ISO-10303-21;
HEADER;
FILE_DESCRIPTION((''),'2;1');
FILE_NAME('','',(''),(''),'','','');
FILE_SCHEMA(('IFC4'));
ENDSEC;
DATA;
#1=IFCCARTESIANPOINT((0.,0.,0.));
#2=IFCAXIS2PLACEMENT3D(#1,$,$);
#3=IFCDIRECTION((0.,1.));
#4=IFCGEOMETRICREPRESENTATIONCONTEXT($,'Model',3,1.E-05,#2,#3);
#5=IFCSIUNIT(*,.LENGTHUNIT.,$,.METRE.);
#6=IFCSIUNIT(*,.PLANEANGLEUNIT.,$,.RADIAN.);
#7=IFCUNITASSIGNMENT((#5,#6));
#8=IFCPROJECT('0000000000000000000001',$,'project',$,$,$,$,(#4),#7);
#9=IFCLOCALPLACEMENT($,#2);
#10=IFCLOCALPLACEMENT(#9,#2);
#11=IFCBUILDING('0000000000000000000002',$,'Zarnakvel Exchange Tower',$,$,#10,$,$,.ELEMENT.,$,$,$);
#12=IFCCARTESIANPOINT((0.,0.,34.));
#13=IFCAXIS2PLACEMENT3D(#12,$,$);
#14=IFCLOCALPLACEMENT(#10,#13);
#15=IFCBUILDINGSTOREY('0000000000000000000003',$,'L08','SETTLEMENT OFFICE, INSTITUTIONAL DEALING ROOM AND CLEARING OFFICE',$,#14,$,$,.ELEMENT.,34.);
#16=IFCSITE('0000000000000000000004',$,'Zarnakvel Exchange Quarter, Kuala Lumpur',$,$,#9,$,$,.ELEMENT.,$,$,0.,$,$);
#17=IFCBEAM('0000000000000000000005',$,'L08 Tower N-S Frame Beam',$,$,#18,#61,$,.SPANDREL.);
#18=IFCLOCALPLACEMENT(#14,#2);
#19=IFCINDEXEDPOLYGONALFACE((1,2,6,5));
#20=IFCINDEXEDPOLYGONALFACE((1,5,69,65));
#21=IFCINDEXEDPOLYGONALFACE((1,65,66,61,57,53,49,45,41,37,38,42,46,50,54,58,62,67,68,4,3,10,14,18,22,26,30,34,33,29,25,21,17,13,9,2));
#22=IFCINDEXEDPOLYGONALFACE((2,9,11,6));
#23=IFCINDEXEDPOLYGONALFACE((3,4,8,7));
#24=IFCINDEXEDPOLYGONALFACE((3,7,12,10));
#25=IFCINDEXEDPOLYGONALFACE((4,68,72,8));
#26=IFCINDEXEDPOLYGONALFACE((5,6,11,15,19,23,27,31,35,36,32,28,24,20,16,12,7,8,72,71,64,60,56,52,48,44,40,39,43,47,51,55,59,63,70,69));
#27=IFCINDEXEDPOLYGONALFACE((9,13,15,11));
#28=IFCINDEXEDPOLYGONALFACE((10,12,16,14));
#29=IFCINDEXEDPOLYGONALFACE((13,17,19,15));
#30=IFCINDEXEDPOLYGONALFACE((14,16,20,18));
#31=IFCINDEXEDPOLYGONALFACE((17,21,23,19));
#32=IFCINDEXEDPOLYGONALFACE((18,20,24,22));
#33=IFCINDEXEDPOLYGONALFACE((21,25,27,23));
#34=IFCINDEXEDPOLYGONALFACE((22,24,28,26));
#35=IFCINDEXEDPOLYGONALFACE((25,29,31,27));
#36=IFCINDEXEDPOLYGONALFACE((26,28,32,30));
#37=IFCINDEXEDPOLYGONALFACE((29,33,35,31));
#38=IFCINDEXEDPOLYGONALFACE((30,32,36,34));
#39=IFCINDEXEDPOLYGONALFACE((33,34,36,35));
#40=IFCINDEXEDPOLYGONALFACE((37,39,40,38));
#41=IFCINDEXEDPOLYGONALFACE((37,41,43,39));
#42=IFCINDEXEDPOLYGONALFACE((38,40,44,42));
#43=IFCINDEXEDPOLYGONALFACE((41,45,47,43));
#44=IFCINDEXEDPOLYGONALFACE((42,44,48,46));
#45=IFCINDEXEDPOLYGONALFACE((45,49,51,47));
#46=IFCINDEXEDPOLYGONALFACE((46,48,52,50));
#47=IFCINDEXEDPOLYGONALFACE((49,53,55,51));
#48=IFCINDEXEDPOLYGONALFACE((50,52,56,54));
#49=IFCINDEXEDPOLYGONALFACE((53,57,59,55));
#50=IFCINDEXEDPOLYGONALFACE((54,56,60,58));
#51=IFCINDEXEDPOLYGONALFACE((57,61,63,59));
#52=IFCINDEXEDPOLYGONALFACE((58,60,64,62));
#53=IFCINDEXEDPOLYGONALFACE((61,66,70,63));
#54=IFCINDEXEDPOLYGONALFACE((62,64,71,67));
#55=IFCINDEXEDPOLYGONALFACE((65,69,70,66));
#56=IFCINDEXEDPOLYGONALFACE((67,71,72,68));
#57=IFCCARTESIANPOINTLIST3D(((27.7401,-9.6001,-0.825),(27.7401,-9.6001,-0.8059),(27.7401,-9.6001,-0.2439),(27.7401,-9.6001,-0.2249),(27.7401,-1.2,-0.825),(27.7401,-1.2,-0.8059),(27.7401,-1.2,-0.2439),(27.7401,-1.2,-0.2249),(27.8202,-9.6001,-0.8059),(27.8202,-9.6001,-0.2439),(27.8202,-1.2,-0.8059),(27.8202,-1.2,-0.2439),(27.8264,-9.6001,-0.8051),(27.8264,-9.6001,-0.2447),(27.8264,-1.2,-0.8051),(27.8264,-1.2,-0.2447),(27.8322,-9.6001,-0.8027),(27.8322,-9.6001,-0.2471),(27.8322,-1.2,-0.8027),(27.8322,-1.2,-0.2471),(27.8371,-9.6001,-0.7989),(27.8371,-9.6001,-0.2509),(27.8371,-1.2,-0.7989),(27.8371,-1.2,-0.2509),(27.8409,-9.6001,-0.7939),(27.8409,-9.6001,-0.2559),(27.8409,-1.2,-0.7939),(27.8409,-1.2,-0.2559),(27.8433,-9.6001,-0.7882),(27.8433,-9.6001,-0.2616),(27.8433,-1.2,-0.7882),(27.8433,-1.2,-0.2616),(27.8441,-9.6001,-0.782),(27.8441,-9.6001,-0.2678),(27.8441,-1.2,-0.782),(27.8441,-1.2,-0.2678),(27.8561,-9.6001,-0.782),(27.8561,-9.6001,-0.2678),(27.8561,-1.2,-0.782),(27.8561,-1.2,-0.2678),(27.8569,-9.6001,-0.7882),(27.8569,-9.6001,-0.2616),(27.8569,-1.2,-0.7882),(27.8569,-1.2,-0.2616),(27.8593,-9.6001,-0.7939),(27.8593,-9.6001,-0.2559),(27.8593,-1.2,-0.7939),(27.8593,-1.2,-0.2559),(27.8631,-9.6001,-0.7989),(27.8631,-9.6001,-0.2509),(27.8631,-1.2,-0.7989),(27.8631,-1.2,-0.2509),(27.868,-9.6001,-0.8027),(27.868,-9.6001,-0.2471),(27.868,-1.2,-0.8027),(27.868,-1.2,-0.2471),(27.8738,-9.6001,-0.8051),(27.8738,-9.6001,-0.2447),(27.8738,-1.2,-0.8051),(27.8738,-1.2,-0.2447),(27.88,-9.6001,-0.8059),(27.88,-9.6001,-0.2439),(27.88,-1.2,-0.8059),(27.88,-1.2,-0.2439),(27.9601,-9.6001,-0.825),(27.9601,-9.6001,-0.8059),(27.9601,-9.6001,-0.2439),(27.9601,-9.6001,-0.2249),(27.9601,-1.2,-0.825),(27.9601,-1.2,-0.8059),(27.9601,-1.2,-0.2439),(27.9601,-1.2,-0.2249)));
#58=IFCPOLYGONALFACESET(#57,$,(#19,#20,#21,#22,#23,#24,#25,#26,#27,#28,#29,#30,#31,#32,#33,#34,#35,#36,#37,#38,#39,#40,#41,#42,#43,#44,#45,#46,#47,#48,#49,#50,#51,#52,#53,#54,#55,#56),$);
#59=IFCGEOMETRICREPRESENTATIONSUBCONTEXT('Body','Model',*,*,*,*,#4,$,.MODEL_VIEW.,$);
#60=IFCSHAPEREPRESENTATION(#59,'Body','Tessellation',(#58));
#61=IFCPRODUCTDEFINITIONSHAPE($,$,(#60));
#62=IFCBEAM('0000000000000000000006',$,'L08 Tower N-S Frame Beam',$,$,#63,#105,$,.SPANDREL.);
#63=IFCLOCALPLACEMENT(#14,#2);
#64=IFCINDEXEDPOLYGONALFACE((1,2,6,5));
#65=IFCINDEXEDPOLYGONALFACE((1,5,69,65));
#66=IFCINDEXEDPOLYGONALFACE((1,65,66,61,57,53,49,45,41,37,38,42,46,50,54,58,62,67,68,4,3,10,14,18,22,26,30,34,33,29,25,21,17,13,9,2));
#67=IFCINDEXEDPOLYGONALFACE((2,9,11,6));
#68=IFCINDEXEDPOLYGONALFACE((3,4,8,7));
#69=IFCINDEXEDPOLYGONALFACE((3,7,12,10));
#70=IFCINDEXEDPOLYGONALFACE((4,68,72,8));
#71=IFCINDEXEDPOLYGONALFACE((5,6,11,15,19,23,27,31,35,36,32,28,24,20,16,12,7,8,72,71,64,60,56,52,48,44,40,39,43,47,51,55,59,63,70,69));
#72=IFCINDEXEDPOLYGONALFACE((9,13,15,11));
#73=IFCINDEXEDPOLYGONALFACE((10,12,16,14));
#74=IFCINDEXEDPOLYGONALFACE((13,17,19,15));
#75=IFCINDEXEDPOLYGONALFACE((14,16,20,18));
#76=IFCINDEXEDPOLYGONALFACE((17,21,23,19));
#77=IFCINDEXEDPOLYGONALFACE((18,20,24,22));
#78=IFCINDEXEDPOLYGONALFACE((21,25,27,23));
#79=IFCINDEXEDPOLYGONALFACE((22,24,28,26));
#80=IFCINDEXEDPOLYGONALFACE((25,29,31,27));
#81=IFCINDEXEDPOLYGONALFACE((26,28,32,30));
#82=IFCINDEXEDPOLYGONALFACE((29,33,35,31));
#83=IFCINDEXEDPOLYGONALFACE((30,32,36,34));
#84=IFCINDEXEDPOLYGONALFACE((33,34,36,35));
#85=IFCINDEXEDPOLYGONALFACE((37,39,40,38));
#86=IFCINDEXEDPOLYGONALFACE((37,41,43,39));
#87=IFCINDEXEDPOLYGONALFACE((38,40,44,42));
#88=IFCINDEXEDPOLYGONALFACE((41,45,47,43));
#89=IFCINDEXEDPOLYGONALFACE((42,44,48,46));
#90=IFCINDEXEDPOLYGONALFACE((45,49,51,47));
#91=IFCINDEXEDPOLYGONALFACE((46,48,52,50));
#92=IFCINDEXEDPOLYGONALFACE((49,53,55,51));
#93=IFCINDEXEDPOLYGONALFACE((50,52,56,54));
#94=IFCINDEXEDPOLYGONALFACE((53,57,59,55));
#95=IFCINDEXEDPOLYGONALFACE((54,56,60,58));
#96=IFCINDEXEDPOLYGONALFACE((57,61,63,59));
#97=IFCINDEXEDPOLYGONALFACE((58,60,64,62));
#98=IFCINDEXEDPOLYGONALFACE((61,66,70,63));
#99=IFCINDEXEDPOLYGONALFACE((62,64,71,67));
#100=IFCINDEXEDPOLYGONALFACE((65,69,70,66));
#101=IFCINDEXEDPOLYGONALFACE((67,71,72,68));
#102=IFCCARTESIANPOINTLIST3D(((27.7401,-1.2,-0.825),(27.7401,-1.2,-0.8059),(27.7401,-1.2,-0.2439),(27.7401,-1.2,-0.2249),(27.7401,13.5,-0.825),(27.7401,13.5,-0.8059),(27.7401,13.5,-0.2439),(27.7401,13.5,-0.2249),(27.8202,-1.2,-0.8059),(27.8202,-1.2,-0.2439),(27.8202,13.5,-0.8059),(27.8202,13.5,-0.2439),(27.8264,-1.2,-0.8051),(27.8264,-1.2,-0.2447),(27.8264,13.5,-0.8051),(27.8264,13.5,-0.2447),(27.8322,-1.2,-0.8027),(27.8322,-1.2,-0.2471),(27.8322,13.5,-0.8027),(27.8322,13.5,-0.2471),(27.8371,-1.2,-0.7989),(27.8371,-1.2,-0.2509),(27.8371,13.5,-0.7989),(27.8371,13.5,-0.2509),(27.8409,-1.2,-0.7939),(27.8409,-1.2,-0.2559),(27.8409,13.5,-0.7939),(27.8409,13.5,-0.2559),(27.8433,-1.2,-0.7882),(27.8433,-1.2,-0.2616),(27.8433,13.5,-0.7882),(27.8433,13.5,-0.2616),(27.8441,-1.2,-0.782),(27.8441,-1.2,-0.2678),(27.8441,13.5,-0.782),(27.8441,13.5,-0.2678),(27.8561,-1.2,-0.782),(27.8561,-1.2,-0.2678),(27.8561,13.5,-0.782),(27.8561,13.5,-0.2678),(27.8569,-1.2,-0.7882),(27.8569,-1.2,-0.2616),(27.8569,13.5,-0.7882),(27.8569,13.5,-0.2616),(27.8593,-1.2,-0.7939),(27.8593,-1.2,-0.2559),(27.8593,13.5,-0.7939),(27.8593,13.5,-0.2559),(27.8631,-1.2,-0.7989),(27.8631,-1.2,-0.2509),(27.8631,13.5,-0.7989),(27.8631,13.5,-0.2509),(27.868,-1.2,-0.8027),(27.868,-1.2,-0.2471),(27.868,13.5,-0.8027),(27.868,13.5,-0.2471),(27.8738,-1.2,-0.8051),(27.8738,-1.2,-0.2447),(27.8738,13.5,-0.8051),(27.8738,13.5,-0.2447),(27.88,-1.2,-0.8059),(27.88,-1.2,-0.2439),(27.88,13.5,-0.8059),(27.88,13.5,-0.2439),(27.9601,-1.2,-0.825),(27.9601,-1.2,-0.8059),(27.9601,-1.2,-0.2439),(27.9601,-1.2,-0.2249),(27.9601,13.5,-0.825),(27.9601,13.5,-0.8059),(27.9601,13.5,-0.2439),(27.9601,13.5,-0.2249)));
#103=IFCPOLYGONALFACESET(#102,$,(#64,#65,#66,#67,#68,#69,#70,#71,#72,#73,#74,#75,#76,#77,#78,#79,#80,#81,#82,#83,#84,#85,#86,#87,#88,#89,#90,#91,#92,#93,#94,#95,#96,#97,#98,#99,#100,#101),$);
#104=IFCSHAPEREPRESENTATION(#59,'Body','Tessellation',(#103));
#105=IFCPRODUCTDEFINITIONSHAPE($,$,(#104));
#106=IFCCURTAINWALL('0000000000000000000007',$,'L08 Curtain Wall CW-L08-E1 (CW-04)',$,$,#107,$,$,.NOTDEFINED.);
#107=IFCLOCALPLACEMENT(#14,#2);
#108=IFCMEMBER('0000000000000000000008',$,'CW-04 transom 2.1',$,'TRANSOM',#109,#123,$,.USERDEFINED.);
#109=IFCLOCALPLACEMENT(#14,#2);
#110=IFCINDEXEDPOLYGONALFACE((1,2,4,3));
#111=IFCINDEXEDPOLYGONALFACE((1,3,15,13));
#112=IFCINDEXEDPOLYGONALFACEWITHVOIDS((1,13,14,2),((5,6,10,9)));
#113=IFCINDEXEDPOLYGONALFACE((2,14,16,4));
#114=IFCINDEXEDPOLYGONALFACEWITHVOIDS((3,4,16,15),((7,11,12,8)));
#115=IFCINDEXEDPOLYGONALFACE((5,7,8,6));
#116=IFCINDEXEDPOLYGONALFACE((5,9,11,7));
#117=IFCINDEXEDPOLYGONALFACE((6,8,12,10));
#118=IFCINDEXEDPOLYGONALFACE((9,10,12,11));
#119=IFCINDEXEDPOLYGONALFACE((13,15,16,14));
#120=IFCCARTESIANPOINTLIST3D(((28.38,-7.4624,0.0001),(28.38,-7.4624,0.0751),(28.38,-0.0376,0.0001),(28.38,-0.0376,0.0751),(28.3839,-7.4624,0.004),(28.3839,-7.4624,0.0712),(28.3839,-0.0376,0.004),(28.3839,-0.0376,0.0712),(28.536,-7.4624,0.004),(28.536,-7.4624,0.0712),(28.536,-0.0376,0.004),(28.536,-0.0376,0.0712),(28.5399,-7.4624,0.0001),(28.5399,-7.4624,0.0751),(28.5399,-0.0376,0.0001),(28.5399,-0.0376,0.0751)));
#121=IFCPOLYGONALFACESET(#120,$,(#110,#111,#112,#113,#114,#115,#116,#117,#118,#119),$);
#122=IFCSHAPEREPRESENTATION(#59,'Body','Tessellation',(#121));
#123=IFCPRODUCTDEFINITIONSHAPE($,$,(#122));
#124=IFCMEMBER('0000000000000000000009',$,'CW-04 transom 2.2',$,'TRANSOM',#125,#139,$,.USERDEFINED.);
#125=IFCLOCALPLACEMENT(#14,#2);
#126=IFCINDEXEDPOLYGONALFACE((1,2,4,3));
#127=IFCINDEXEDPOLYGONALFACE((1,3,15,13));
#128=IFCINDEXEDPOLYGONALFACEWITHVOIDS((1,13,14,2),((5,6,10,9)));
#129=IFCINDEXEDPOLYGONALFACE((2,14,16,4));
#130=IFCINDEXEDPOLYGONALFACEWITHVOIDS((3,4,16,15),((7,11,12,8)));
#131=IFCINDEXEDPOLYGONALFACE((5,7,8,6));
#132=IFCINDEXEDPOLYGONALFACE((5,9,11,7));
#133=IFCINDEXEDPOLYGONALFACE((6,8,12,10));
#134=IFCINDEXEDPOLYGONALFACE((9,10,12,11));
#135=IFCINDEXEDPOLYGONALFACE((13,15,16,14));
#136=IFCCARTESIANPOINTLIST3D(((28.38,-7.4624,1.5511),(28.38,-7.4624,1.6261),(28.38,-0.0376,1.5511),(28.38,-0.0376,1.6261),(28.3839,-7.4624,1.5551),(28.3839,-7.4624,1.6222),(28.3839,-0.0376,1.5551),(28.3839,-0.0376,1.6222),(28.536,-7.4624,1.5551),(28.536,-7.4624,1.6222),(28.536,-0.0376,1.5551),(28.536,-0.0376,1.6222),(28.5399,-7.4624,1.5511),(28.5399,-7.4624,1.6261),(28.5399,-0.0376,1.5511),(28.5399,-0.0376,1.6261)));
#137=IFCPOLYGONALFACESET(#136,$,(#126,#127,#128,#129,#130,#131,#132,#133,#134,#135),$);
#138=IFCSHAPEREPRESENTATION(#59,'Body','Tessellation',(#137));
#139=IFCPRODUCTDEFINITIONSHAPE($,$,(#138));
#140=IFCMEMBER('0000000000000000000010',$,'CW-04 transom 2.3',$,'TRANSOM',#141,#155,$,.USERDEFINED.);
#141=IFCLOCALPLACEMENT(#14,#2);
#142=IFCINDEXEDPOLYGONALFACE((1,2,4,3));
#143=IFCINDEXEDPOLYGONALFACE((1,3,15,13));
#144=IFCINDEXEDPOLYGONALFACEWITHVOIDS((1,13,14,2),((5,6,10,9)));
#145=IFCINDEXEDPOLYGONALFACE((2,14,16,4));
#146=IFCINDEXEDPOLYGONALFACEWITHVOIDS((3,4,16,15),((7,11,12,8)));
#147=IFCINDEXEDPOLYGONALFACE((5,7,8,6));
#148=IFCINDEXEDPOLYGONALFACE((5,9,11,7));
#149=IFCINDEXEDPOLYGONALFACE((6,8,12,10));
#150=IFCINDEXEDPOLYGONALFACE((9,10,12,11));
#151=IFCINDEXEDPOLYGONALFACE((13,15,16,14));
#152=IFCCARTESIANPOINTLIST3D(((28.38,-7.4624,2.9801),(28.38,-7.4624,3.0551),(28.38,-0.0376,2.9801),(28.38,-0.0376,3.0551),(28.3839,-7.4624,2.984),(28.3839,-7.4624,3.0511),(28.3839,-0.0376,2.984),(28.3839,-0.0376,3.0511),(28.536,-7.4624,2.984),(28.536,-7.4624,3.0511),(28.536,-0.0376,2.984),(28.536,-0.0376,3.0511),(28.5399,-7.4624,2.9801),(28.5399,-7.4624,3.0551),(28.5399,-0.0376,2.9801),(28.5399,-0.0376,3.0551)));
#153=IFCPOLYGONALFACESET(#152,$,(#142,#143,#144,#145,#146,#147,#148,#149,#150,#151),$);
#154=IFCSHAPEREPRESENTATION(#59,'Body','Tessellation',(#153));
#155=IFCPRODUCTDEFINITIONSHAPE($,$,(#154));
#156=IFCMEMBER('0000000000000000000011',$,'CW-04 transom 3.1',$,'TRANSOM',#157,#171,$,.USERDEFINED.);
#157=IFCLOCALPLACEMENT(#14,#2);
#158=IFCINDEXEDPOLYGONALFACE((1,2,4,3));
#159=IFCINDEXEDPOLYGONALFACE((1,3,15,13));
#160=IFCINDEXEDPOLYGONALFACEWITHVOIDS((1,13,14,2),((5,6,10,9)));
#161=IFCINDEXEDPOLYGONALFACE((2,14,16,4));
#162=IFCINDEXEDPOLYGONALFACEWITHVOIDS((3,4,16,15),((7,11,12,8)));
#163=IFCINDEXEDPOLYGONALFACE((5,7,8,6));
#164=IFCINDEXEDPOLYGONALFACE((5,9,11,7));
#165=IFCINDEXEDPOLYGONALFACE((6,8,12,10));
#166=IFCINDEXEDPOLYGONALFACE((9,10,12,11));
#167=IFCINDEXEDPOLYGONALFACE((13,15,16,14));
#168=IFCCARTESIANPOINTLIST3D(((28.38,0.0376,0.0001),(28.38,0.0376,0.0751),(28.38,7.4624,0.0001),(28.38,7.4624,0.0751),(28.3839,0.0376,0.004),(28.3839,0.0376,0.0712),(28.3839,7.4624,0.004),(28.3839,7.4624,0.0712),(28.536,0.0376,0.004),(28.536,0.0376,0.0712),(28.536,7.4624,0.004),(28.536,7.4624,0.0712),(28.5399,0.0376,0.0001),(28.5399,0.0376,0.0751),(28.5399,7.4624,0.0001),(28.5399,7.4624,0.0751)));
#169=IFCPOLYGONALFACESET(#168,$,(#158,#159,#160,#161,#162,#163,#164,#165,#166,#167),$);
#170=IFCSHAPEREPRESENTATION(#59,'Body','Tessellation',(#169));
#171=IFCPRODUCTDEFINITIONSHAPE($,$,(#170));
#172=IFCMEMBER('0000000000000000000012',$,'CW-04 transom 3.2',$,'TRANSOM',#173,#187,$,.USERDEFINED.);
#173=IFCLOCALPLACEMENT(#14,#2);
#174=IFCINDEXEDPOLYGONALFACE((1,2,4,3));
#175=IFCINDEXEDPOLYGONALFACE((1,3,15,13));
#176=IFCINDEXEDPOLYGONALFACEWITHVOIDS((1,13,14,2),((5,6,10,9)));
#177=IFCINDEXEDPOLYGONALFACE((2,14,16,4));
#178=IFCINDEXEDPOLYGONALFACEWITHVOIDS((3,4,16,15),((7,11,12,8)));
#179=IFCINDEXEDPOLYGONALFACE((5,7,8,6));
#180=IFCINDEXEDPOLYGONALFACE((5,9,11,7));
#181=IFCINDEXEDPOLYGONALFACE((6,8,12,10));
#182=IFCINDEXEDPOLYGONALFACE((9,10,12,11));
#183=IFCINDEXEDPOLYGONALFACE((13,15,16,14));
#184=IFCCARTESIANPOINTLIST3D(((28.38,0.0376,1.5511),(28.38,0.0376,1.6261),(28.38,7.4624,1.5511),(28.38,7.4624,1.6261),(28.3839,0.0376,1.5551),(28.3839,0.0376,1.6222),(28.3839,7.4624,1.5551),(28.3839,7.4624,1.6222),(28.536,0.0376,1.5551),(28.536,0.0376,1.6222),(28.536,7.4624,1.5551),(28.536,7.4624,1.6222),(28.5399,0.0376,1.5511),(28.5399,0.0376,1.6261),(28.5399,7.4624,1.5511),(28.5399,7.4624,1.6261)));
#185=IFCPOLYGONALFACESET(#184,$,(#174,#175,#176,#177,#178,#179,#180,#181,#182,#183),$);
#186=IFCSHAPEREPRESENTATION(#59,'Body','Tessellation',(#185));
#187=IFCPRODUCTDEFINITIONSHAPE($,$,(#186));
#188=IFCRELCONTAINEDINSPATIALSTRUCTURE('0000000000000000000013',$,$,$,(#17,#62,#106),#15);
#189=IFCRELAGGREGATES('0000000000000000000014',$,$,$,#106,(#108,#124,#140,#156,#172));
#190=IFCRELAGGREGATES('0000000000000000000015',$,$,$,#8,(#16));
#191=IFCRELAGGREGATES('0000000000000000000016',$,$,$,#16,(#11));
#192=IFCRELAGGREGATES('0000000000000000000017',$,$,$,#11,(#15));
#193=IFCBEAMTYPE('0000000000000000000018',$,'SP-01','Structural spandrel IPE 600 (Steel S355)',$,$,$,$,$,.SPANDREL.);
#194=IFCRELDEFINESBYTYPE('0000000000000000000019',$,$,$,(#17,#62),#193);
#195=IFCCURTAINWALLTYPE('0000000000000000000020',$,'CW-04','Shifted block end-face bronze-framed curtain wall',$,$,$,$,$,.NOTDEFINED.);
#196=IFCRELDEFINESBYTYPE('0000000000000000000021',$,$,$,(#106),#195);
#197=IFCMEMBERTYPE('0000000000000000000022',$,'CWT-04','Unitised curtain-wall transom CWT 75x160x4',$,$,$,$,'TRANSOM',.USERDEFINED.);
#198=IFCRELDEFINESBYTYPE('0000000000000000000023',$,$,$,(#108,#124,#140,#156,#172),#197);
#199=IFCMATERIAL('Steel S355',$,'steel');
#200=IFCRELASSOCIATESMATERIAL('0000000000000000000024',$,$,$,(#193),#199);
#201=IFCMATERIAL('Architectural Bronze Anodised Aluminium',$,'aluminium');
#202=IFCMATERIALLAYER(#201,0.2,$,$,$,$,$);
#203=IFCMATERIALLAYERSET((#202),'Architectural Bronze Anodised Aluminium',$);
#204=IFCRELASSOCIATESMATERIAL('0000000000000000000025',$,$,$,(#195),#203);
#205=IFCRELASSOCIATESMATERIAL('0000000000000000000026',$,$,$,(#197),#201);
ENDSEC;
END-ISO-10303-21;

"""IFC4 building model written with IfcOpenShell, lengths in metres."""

from ifc_helpers import new_model, si_unit, direction, frame, origin, origin_2d, place, context, subcontext, project, spatial, hollow_rectangle, i_section, extrude, source, transform, mapped, material, layer, layer_set, material_profile, profile_set, type_object, element, aggregate, save


model = new_model("IFC4")

# Units and contexts
model_context = context("Model", 3, precision=1e-05, world=origin(), true_north=direction((0.0, 1.0)))
body_context = subcontext(model_context, "Body", "Model", "MODEL_VIEW")
ifc_project = project(units=[si_unit("LENGTHUNIT", "METRE"), si_unit("PLANEANGLEUNIT", "RADIAN")], contexts=[model_context])

# Site, building, storey
site_placement = place(None, origin())
site = spatial("IfcSite", under=ifc_project, at=site_placement, Name="Zarnakvel Exchange Quarter, Kuala Lumpur", CompositionType="ELEMENT", RefElevation=0.0)
building_placement = place(site_placement, origin())
building = spatial("IfcBuilding", under=site, at=building_placement, Name="Zarnakvel Exchange Tower", CompositionType="ELEMENT")
storey_placement = place(building_placement, frame((0.0, 0.0, 34.0)))
storey = spatial("IfcBuildingStorey", under=building, at=storey_placement, Name="L08", Description="SETTLEMENT OFFICE, INSTITUTIONAL DEALING ROOM AND CLEARING OFFICE", CompositionType="ELEMENT", Elevation=34.0)

# Shared definitions
ifc_material_1 = material(Name="Steel S355", Category="steel")

# Beams
ifc_material_profile_1 = material_profile(ifc_material_1, i_section(OverallWidth=0.22, OverallDepth=0.6001, WebThickness=0.012, FlangeThickness=0.019, FilletRadius=0.0239, at=origin_2d()))
ifc_profile_set_1 = profile_set([ifc_material_profile_1], Name="Steel S355")
beam_type_1 = type_object("IfcBeamType", Name="SP-01", Description="Structural spandrel IPE 600 (Steel S355)", PredefinedType="SPANDREL", material=ifc_profile_set_1)
beam_1_placement = place(storey_placement, frame((27.8501, -9.6001, -0.5249), z_axis=(0.0, 1.0, 0.0), x_axis=(-1.0, 0.0, 0.0)))
element("IfcBeam", 1, at=beam_1_placement, inside=storey, type_object=beam_type_1, Name="L08 Tower N-S Frame Beam", PredefinedType="SPANDREL", context=body_context, shape_type="SweptSolid", body=[
    extrude(i_section(OverallWidth=0.22, OverallDepth=0.6001, WebThickness=0.012, FlangeThickness=0.019, FilletRadius=0.0239, at=origin_2d()), origin(), (0.0, 0.0, 1.0), 8.4001),
])
beam_2_placement = place(storey_placement, frame((27.8501, -1.2, -0.5249), z_axis=(0.0, 1.0, 0.0), x_axis=(-1.0, 0.0, 0.0)))
element("IfcBeam", 2, at=beam_2_placement, inside=storey, type_object=beam_type_1, Name="L08 Tower N-S Frame Beam", PredefinedType="SPANDREL", context=body_context, shape_type="SweptSolid", body=[
    extrude(i_section(OverallWidth=0.22, OverallDepth=0.6001, WebThickness=0.012, FlangeThickness=0.019, FilletRadius=0.0239, at=origin_2d()), origin(), (0.0, 0.0, 1.0), 14.7),
])

# Curtain wall, members
ifc_material_2 = material(Name="Architectural Bronze Anodised Aluminium", Category="aluminium")
ifc_layer_1 = layer(ifc_material_2, 0.2)
ifc_layer_set_1 = layer_set([ifc_layer_1], Name="Architectural Bronze Anodised Aluminium")
curtain_wall_type = type_object("IfcCurtainWallType", Name="CW-04", Description="Shifted block end-face bronze-framed curtain wall", PredefinedType="NOTDEFINED", material=ifc_layer_set_1)
curtain_wall_placement = place(storey_placement, origin())
curtain_wall = element("IfcCurtainWall", 3, at=curtain_wall_placement, inside=storey, type_object=curtain_wall_type, Name="L08 Curtain Wall CW-L08-E1 (CW-04)", PredefinedType="NOTDEFINED")
ifc_material_profile_2 = material_profile(ifc_material_2, hollow_rectangle(XDim=0.1599, YDim=0.075, WallThickness=0.0039, at=origin_2d()))
ifc_profile_set_2 = profile_set([ifc_material_profile_2], Name="Architectural Bronze Anodised Aluminium")
member_type_1 = type_object("IfcMemberType", Name="CWT-04", Description="Unitised curtain-wall transom CWT 75x160x4", ElementType="TRANSOM", PredefinedType="USERDEFINED", material=ifc_profile_set_2)
shared_shape_1 = source(origin(), body_context, "Body", "SweptSolid", [
    extrude(hollow_rectangle(XDim=0.1599, YDim=0.075, WallThickness=0.0039, at=origin_2d()), origin(), (0.0, 0.0, 1.0), 7.4248),
])
member_1_placement = place(storey_placement, frame((28.46, -7.4624, 0.0376), z_axis=(0.0, 1.0, 0.0), x_axis=(-1.0, 0.0, 0.0)))
member_1 = element("IfcMember", 4, at=member_1_placement, type_object=member_type_1, Name="CW-04 transom 2.1", ObjectType="TRANSOM", PredefinedType="USERDEFINED", context=body_context, shape_type="MappedRepresentation", body=[
    mapped(shared_shape_1, transform((0.0, 0.0, 0.0), x_axis=(1.0, 0.0, 0.0), y_axis=(0.0, 1.0, 0.0), z_axis=(0.0, 0.0, 1.0), scale=1.0)),
])
member_2_placement = place(storey_placement, frame((28.46, -7.4624, 1.5886), z_axis=(0.0, 1.0, 0.0), x_axis=(-1.0, 0.0, 0.0)))
member_2 = element("IfcMember", 5, at=member_2_placement, type_object=member_type_1, Name="CW-04 transom 2.2", ObjectType="TRANSOM", PredefinedType="USERDEFINED", context=body_context, shape_type="MappedRepresentation", body=[
    mapped(shared_shape_1, transform((0.0, 0.0, 0.0), x_axis=(1.0, 0.0, 0.0), y_axis=(0.0, 1.0, 0.0), z_axis=(0.0, 0.0, 1.0), scale=1.0)),
])
member_3_placement = place(storey_placement, frame((28.46, -7.4624, 3.0176), z_axis=(0.0, 1.0, 0.0), x_axis=(-1.0, 0.0, 0.0)))
member_3 = element("IfcMember", 6, at=member_3_placement, type_object=member_type_1, Name="CW-04 transom 2.3", ObjectType="TRANSOM", PredefinedType="USERDEFINED", context=body_context, shape_type="MappedRepresentation", body=[
    mapped(shared_shape_1, transform((0.0, 0.0, 0.0), x_axis=(1.0, 0.0, 0.0), y_axis=(0.0, 1.0, 0.0), z_axis=(0.0, 0.0, 1.0), scale=1.0)),
])
member_4_placement = place(storey_placement, frame((28.46, 0.0376, 0.0376), z_axis=(0.0, 1.0, 0.0), x_axis=(-1.0, 0.0, 0.0)))
member_4 = element("IfcMember", 7, at=member_4_placement, type_object=member_type_1, Name="CW-04 transom 3.1", ObjectType="TRANSOM", PredefinedType="USERDEFINED", context=body_context, shape_type="MappedRepresentation", body=[
    mapped(shared_shape_1, transform((0.0, 0.0, 0.0), x_axis=(1.0, 0.0, 0.0), y_axis=(0.0, 1.0, 0.0), z_axis=(0.0, 0.0, 1.0), scale=1.0)),
])
member_5_placement = place(storey_placement, frame((28.46, 0.0376, 1.5886), z_axis=(0.0, 1.0, 0.0), x_axis=(-1.0, 0.0, 0.0)))
member_5 = element("IfcMember", 8, at=member_5_placement, type_object=member_type_1, Name="CW-04 transom 3.2", ObjectType="TRANSOM", PredefinedType="USERDEFINED", context=body_context, shape_type="MappedRepresentation", body=[
    mapped(shared_shape_1, transform((0.0, 0.0, 0.0), x_axis=(1.0, 0.0, 0.0), y_axis=(0.0, 1.0, 0.0), z_axis=(0.0, 0.0, 1.0), scale=1.0)),
])
aggregate(curtain_wall, [member_1, member_2, member_3, member_4, member_5])

save(model, "model.ifc")
